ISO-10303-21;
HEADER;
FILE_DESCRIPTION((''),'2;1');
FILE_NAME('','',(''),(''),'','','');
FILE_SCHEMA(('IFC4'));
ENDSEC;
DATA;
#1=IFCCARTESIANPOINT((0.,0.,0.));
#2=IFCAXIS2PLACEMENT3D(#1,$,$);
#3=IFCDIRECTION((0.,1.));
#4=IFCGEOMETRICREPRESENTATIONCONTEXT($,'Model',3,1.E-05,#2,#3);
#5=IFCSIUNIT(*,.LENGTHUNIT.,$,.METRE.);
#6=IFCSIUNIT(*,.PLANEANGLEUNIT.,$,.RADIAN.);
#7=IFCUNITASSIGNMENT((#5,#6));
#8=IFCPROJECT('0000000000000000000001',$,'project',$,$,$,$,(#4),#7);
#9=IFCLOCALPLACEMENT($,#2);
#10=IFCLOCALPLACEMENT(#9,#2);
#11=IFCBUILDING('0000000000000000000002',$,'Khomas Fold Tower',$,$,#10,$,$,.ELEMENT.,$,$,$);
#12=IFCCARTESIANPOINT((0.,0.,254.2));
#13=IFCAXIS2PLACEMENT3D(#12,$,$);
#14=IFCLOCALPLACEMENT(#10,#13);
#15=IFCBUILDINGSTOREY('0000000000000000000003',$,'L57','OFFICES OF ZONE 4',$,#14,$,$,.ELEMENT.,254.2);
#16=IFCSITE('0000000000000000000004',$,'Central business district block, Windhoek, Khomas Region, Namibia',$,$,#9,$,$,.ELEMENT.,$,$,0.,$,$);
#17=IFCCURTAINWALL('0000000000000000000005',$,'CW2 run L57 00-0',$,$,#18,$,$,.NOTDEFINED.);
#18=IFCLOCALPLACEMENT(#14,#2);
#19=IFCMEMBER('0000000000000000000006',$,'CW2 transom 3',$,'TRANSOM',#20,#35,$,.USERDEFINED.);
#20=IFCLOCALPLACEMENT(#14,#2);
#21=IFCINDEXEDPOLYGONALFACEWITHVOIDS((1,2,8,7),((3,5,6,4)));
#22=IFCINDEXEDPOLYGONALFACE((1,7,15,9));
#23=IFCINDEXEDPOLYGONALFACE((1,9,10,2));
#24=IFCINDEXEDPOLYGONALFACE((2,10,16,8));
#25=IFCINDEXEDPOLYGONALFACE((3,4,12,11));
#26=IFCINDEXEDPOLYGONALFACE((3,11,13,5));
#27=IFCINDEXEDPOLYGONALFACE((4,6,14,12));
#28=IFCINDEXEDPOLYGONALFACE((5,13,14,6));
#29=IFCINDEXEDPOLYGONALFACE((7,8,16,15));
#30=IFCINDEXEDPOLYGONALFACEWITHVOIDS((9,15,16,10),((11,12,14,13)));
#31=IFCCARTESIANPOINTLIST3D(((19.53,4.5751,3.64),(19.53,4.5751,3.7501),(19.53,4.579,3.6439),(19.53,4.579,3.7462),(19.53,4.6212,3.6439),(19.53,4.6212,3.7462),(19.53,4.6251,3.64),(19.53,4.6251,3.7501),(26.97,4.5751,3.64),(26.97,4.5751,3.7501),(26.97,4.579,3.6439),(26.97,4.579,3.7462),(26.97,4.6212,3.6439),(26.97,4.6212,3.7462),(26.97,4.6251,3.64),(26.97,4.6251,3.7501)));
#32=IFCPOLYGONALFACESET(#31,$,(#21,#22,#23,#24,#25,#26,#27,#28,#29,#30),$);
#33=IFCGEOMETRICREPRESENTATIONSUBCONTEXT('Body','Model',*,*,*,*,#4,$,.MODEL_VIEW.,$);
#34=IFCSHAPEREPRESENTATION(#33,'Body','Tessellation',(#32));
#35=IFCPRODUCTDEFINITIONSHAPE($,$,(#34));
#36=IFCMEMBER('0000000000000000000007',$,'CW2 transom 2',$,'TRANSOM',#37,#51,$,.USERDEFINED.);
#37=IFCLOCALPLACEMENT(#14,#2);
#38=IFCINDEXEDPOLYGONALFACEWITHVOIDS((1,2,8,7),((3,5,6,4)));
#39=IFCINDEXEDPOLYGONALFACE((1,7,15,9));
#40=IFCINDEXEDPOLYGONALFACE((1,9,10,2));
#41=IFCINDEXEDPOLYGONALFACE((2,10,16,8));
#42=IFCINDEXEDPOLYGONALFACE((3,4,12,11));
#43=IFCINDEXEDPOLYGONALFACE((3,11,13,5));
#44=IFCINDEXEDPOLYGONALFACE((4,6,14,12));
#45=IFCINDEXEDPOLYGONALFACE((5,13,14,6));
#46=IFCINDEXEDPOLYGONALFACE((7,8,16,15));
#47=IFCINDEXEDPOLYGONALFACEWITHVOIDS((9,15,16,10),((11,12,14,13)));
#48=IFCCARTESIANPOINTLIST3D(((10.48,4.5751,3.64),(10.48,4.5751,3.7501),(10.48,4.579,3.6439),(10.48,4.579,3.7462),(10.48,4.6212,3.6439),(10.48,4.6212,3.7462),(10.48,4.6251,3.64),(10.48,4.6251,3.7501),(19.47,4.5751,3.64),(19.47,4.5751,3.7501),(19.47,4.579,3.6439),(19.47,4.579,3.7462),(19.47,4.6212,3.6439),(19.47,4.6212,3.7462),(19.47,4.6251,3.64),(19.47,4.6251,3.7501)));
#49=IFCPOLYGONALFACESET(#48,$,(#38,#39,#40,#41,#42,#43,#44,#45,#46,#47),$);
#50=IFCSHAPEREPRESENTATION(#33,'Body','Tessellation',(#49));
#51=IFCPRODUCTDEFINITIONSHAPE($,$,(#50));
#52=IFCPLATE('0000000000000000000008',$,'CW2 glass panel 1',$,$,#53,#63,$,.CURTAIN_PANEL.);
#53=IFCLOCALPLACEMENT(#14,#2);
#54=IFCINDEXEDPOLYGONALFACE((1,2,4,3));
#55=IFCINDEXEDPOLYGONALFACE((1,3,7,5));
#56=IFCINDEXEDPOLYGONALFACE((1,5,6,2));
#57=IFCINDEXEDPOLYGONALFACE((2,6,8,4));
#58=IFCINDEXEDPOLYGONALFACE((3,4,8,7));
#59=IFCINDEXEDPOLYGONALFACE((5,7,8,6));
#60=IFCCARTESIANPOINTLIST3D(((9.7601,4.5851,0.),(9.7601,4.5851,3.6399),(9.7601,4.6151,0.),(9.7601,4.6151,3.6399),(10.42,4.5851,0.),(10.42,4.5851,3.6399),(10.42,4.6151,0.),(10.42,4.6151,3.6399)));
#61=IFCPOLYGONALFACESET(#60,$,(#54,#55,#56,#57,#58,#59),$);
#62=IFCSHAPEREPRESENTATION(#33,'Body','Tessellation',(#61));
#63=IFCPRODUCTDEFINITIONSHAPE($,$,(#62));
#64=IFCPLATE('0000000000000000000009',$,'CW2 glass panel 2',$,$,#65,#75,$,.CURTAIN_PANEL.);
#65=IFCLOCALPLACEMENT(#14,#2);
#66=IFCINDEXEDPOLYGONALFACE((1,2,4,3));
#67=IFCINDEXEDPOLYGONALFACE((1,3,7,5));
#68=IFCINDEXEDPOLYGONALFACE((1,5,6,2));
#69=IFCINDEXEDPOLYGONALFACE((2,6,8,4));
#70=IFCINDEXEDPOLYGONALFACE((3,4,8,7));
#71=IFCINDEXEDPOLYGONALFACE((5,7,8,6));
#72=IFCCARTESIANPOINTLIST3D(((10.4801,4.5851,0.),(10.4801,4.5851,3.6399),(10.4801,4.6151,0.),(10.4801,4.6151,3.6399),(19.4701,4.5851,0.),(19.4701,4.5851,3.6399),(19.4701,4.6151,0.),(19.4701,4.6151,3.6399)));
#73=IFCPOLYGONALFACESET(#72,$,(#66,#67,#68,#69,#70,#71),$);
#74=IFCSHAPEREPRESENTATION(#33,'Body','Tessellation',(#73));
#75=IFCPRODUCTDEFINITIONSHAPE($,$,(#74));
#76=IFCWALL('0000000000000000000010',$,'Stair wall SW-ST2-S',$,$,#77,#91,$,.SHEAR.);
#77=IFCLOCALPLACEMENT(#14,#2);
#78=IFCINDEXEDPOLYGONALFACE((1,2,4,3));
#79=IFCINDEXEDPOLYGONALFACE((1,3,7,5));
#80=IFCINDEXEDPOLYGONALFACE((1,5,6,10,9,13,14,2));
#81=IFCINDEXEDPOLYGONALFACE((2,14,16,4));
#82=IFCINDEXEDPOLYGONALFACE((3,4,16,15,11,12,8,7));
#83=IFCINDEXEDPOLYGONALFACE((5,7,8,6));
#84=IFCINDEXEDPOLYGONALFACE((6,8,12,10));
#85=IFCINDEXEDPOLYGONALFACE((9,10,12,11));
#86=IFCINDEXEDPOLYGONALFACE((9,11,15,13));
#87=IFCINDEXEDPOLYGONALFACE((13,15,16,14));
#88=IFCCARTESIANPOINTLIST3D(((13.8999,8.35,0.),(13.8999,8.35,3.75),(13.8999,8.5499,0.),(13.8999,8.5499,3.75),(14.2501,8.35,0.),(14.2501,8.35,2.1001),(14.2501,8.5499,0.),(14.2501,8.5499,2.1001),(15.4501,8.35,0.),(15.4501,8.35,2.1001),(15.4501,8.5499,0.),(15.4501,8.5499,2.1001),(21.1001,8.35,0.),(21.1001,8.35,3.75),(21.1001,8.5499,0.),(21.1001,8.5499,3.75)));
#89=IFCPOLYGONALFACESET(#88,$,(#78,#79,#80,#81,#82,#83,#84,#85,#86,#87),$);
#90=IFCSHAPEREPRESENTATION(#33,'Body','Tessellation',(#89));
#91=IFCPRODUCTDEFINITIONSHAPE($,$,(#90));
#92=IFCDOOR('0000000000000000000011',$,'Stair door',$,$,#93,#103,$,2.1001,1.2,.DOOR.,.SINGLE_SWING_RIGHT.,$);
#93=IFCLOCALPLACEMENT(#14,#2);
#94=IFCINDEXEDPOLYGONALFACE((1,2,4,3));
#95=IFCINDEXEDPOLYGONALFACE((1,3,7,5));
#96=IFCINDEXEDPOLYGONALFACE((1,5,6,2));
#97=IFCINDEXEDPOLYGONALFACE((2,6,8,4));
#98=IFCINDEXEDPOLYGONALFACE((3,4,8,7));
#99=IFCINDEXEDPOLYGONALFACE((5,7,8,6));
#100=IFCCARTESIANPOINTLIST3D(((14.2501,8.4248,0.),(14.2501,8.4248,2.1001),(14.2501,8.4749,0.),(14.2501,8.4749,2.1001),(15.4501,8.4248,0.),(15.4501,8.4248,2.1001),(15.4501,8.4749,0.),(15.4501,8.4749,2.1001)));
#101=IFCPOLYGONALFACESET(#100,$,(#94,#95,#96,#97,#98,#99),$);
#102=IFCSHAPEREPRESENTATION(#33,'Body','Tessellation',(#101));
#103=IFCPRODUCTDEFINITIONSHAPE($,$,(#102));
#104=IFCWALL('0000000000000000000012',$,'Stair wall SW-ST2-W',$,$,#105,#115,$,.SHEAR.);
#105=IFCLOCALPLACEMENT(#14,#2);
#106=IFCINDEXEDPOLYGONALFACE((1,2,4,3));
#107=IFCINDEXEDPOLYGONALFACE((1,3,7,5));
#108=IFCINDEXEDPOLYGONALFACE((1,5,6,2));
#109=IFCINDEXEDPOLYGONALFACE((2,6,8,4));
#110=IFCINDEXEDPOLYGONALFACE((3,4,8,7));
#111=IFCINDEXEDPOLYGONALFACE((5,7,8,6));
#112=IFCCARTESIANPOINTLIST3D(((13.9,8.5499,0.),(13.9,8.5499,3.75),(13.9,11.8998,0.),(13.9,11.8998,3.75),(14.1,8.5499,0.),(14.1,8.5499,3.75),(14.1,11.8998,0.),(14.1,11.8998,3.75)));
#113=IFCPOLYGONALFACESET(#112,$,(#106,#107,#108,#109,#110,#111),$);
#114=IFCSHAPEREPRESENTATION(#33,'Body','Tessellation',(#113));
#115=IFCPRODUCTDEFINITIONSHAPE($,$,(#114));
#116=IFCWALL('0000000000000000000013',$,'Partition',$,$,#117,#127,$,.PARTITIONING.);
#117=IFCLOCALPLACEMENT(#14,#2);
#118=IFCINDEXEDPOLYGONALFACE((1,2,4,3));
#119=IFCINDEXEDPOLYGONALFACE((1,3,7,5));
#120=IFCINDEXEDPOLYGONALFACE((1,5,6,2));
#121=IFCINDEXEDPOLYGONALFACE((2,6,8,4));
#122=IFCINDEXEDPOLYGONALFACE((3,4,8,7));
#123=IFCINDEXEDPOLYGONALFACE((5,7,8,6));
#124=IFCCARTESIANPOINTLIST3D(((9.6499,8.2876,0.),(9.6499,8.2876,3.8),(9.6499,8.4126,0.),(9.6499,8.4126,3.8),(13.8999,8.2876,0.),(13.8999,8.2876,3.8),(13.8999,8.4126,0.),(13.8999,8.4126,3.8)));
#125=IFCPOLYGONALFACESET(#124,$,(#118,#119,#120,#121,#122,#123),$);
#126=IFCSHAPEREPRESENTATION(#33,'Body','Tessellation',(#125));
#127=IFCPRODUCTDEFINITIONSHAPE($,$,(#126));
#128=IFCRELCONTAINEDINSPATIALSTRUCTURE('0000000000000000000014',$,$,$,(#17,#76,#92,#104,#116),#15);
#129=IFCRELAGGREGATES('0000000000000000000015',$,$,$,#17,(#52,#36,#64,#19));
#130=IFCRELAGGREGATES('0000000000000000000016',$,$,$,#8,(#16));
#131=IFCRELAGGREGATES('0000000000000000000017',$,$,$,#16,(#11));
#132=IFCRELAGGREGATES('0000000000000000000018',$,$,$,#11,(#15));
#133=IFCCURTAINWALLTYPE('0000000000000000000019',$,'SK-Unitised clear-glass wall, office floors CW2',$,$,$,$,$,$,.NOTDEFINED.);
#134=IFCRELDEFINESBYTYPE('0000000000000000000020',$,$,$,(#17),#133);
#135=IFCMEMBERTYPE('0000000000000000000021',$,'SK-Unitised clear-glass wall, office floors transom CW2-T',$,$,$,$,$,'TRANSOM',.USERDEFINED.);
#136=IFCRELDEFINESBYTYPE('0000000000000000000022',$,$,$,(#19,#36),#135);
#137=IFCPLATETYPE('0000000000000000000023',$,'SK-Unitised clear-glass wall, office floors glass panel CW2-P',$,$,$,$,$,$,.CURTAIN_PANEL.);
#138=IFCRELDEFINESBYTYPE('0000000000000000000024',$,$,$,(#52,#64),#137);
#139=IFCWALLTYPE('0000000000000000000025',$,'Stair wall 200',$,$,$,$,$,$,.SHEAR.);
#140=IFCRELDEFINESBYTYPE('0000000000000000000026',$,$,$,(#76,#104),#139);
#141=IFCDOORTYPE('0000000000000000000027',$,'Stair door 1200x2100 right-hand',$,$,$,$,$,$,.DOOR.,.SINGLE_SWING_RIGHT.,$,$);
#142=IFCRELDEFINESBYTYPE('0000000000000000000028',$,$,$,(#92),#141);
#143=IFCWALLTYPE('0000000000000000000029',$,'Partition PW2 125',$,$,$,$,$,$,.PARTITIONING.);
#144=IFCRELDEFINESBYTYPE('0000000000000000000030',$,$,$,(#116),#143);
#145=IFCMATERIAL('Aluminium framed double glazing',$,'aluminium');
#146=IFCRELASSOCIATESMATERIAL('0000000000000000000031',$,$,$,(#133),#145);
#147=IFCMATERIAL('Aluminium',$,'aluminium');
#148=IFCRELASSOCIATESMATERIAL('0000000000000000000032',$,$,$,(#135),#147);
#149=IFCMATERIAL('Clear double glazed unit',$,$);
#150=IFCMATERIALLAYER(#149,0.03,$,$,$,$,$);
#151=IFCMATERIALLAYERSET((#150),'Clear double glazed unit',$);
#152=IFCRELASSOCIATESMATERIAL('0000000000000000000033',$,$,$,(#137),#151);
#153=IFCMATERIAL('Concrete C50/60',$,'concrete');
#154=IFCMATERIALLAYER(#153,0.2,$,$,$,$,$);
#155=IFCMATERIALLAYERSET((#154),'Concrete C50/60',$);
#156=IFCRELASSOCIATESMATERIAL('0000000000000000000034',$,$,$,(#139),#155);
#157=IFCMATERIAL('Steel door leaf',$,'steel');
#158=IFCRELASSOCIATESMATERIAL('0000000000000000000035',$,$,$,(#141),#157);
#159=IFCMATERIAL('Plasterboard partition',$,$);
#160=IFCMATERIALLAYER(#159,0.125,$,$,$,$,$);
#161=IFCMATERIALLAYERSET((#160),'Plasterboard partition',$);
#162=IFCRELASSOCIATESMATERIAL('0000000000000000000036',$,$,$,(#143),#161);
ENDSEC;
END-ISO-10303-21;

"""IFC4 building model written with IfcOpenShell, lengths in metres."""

from ifc_helpers import new_model, si_unit, direction, frame, frame_2d, origin, origin_2d, place, context, subcontext, project, spatial, rectangle, hollow_rectangle, extrude, source, transform, mapped, material, layer, layer_set, material_profile, profile_set, type_object, element, fill, aggregate, save


model = new_model("IFC4")

# Units and contexts
model_context = context("Model", 3, precision=1e-05, world=origin(), true_north=direction((0.0, 1.0)))
body_context = subcontext(model_context, "Body", "Model", "MODEL_VIEW")
ifc_project = project(units=[si_unit("LENGTHUNIT", "METRE"), si_unit("PLANEANGLEUNIT", "RADIAN")], contexts=[model_context])

# Site, building, storey
site_placement = place(None, origin())
site = spatial("IfcSite", under=ifc_project, at=site_placement, Name="Central business district block, Windhoek, Khomas Region, Namibia", CompositionType="ELEMENT", RefElevation=0.0)
building_placement = place(site_placement, origin())
building = spatial("IfcBuilding", under=site, at=building_placement, Name="Khomas Fold Tower", CompositionType="ELEMENT")
storey_placement = place(building_placement, frame((0.0, 0.0, 254.2)))
storey = spatial("IfcBuildingStorey", under=building, at=storey_placement, Name="L57", Description="OFFICES OF ZONE 4", CompositionType="ELEMENT", Elevation=254.2)

# Curtain wall, members, plates
ifc_material_1 = material(Name="Aluminium framed double glazing", Category="aluminium")
curtain_wall_type = type_object("IfcCurtainWallType", Name="SK-Unitised clear-glass wall, office floors CW2", PredefinedType="NOTDEFINED", material=ifc_material_1)
curtain_wall_placement = place(storey_placement, origin())
curtain_wall = element("IfcCurtainWall", 1, at=curtain_wall_placement, inside=storey, type_object=curtain_wall_type, Name="CW2 run L57 00-0", PredefinedType="NOTDEFINED")
ifc_material_2 = material(Name="Aluminium", Category="aluminium")
ifc_material_profile_1 = material_profile(ifc_material_2, hollow_rectangle(XDim=0.05, YDim=0.1101, WallThickness=0.0039, at=origin_2d()), Name="SK-Unitised clear-glass wall, office floors transom CW2-T")
ifc_profile_set_1 = profile_set([ifc_material_profile_1], Name="Aluminium")
member_type_1 = type_object("IfcMemberType", Name="SK-Unitised clear-glass wall, office floors transom CW2-T", ElementType="TRANSOM", PredefinedType="USERDEFINED", material=ifc_profile_set_1)
shared_shape_1 = source(origin(), body_context, "Body", "SweptSolid", [
    extrude(hollow_rectangle(XDim=0.05, YDim=0.1101, WallThickness=0.0039, at=origin_2d()), origin(), (0.0, 0.0, 1.0), 7.4399),
])
member_1_placement = place(storey_placement, frame((19.53, 4.6001, 3.6951), z_axis=(1.0, 0.0, 0.0), x_axis=(0.0, 1.0, 0.0)))
member_1 = element("IfcMember", 2, at=member_1_placement, type_object=member_type_1, Name="CW2 transom 3", ObjectType="TRANSOM", PredefinedType="USERDEFINED", context=body_context, shape_type="MappedRepresentation", body=[
    mapped(shared_shape_1, transform((0.0, 0.0, 0.0))),
])
shared_shape_2 = source(origin(), body_context, "Body", "SweptSolid", [
    extrude(hollow_rectangle(XDim=0.05, YDim=0.1101, WallThickness=0.0039, at=origin_2d()), origin(), (0.0, 0.0, 1.0), 8.99),
])
member_2_placement = place(storey_placement, frame((10.48, 4.6001, 3.6951), z_axis=(1.0, 0.0, 0.0), x_axis=(0.0, 1.0, 0.0)))
member_2 = element("IfcMember", 3, at=member_2_placement, type_object=member_type_1, Name="CW2 transom 2", ObjectType="TRANSOM", PredefinedType="USERDEFINED", context=body_context, shape_type="MappedRepresentation", body=[
    mapped(shared_shape_2, transform((0.0, 0.0, 0.0))),
])
ifc_material_3 = material(Name="Clear double glazed unit")
ifc_layer_1 = layer(ifc_material_3, 0.03)
ifc_layer_set_1 = layer_set([ifc_layer_1], Name="Clear double glazed unit")
plate_type = type_object("IfcPlateType", Name="SK-Unitised clear-glass wall, office floors glass panel CW2-P", PredefinedType="CURTAIN_PANEL", material=ifc_layer_set_1)
shared_shape_3 = source(origin(), body_context, "Body", "SweptSolid", [
    extrude(rectangle(XDim=0.6599, YDim=0.03, at=origin_2d()), origin(), (0.0, 0.0, 1.0), 3.6399),
])
plate_1_placement = place(storey_placement, frame((10.0901, 4.6001, 0.0), z_axis=(0.0, 0.0, 1.0), x_axis=(1.0, 0.0, 0.0)))
plate_1 = element("IfcPlate", 4, at=plate_1_placement, type_object=plate_type, Name="CW2 glass panel 1", PredefinedType="CURTAIN_PANEL", context=body_context, shape_type="MappedRepresentation", body=[
    mapped(shared_shape_3, transform((0.0, 0.0, 0.0))),
])
shared_shape_4 = source(origin(), body_context, "Body", "SweptSolid", [
    extrude(rectangle(XDim=8.99, YDim=0.03, at=origin_2d()), origin(), (0.0, 0.0, 1.0), 3.6399),
])
plate_2_placement = place(storey_placement, frame((14.9751, 4.6001, 0.0), z_axis=(0.0, 0.0, 1.0), x_axis=(1.0, 0.0, 0.0)))
plate_2 = element("IfcPlate", 5, at=plate_2_placement, type_object=plate_type, Name="CW2 glass panel 2", PredefinedType="CURTAIN_PANEL", context=body_context, shape_type="MappedRepresentation", body=[
    mapped(shared_shape_4, transform((0.0, 0.0, 0.0))),
])
aggregate(curtain_wall, [plate_1, member_2, plate_2, member_1])

# Wall, opening, door
ifc_material_4 = material(Name="Concrete C50/60", Category="concrete")
ifc_layer_2 = layer(ifc_material_4, 0.2)
ifc_layer_set_2 = layer_set([ifc_layer_2], Name="Concrete C50/60")
wall_type_1 = type_object("IfcWallType", Name="Stair wall 200", PredefinedType="SHEAR", material=ifc_layer_set_2)
shared_shape_5 = source(origin(), body_context, "Body", "SweptSolid", [
    extrude(rectangle(XDim=7.2002, YDim=0.2, at=frame_2d((3.6001, 0.0))), origin(), (0.0, 0.0, 1.0), 3.75),
])
wall_1_placement = place(storey_placement, frame((13.8999, 8.45, 0.0), z_axis=(0.0, 0.0, 1.0), x_axis=(1.0, 0.0, 0.0)))
wall_1 = element("IfcWall", 6, at=wall_1_placement, inside=storey, type_object=wall_type_1, Name="Stair wall SW-ST2-S", PredefinedType="SHEAR", context=body_context, shape_type="MappedRepresentation", body=[
    mapped(shared_shape_5, transform((0.0, 0.0, 0.0))),
])
shared_shape_6 = source(origin(), body_context, "Body", "SweptSolid", [
    extrude(rectangle(XDim=1.2, YDim=2.1001, at=frame_2d((0.6001, 1.05))), frame((0.0, 0.1099, 0.0), z_axis=(0.0, -1.0, 0.0), x_axis=(1.0, 0.0, 0.0)), (0.0, 0.0, 1.0), 0.22),
])
opening_placement = place(wall_1_placement, frame((0.3501, 0.0, 0.0)))
opening = element("IfcOpeningElement", 7, at=opening_placement, cuts=wall_1, PredefinedType="OPENING", context=body_context, shape_type="MappedRepresentation", body=[
    mapped(shared_shape_6, transform((0.0, 0.0, 0.0))),
])
ifc_material_5 = material(Name="Steel door leaf", Category="steel")
door_type = type_object("IfcDoorType", Name="Stair door 1200x2100 right-hand", OperationType="SINGLE_SWING_RIGHT", PredefinedType="DOOR", material=ifc_material_5)
shared_shape_7 = source(origin(), body_context, "Body", "SweptSolid", [
    extrude(rectangle(XDim=1.2, YDim=2.1001, at=frame_2d((0.6001, 1.05))), frame((0.0, 0.0249, 0.0), z_axis=(0.0, -1.0, 0.0), x_axis=(1.0, 0.0, 0.0)), (0.0, 0.0, 1.0), 0.05),
])
door_placement = place(opening_placement, origin())
door = element("IfcDoor", 8, at=door_placement, inside=storey, type_object=door_type, Name="Stair door", OperationType="SINGLE_SWING_RIGHT", OverallHeight=2.1001, OverallWidth=1.2, PredefinedType="DOOR", context=body_context, shape_type="MappedRepresentation", body=[
    mapped(shared_shape_7, transform((0.0, 0.0, 0.0))),
])
fill(opening, door)

# Walls
shared_shape_8 = source(origin(), body_context, "Body", "SweptSolid", [
    extrude(rectangle(XDim=3.3499, YDim=0.2, at=frame_2d((1.6748, 0.0))), origin(), (0.0, 0.0, 1.0), 3.75),
])
wall_2_placement = place(storey_placement, frame((14.0, 8.55, 0.0), z_axis=(0.0, 0.0, 1.0), x_axis=(0.0, 1.0, 0.0)))
element("IfcWall", 9, at=wall_2_placement, inside=storey, type_object=wall_type_1, Name="Stair wall SW-ST2-W", PredefinedType="SHEAR", context=body_context, shape_type="MappedRepresentation", body=[
    mapped(shared_shape_8, transform((0.0, 0.0, 0.0))),
])
ifc_material_6 = material(Name="Plasterboard partition")
ifc_layer_3 = layer(ifc_material_6, 0.125)
ifc_layer_set_3 = layer_set([ifc_layer_3], Name="Plasterboard partition")
wall_type_2 = type_object("IfcWallType", Name="Partition PW2 125", PredefinedType="PARTITIONING", material=ifc_layer_set_3)
shared_shape_9 = source(origin(), body_context, "Body", "SweptSolid", [
    extrude(rectangle(XDim=4.25, YDim=0.125, at=frame_2d((2.125, 0.0))), origin(), (0.0, 0.0, 1.0), 3.8),
])
wall_3_placement = place(storey_placement, frame((9.6499, 8.3501, 0.0), z_axis=(0.0, 0.0, 1.0), x_axis=(1.0, 0.0, 0.0)))
element("IfcWall", 10, at=wall_3_placement, inside=storey, type_object=wall_type_2, Name="Partition", PredefinedType="PARTITIONING", context=body_context, shape_type="MappedRepresentation", body=[
    mapped(shared_shape_9, transform((0.0, 0.0, 0.0))),
])

save(model, "model.ifc")
